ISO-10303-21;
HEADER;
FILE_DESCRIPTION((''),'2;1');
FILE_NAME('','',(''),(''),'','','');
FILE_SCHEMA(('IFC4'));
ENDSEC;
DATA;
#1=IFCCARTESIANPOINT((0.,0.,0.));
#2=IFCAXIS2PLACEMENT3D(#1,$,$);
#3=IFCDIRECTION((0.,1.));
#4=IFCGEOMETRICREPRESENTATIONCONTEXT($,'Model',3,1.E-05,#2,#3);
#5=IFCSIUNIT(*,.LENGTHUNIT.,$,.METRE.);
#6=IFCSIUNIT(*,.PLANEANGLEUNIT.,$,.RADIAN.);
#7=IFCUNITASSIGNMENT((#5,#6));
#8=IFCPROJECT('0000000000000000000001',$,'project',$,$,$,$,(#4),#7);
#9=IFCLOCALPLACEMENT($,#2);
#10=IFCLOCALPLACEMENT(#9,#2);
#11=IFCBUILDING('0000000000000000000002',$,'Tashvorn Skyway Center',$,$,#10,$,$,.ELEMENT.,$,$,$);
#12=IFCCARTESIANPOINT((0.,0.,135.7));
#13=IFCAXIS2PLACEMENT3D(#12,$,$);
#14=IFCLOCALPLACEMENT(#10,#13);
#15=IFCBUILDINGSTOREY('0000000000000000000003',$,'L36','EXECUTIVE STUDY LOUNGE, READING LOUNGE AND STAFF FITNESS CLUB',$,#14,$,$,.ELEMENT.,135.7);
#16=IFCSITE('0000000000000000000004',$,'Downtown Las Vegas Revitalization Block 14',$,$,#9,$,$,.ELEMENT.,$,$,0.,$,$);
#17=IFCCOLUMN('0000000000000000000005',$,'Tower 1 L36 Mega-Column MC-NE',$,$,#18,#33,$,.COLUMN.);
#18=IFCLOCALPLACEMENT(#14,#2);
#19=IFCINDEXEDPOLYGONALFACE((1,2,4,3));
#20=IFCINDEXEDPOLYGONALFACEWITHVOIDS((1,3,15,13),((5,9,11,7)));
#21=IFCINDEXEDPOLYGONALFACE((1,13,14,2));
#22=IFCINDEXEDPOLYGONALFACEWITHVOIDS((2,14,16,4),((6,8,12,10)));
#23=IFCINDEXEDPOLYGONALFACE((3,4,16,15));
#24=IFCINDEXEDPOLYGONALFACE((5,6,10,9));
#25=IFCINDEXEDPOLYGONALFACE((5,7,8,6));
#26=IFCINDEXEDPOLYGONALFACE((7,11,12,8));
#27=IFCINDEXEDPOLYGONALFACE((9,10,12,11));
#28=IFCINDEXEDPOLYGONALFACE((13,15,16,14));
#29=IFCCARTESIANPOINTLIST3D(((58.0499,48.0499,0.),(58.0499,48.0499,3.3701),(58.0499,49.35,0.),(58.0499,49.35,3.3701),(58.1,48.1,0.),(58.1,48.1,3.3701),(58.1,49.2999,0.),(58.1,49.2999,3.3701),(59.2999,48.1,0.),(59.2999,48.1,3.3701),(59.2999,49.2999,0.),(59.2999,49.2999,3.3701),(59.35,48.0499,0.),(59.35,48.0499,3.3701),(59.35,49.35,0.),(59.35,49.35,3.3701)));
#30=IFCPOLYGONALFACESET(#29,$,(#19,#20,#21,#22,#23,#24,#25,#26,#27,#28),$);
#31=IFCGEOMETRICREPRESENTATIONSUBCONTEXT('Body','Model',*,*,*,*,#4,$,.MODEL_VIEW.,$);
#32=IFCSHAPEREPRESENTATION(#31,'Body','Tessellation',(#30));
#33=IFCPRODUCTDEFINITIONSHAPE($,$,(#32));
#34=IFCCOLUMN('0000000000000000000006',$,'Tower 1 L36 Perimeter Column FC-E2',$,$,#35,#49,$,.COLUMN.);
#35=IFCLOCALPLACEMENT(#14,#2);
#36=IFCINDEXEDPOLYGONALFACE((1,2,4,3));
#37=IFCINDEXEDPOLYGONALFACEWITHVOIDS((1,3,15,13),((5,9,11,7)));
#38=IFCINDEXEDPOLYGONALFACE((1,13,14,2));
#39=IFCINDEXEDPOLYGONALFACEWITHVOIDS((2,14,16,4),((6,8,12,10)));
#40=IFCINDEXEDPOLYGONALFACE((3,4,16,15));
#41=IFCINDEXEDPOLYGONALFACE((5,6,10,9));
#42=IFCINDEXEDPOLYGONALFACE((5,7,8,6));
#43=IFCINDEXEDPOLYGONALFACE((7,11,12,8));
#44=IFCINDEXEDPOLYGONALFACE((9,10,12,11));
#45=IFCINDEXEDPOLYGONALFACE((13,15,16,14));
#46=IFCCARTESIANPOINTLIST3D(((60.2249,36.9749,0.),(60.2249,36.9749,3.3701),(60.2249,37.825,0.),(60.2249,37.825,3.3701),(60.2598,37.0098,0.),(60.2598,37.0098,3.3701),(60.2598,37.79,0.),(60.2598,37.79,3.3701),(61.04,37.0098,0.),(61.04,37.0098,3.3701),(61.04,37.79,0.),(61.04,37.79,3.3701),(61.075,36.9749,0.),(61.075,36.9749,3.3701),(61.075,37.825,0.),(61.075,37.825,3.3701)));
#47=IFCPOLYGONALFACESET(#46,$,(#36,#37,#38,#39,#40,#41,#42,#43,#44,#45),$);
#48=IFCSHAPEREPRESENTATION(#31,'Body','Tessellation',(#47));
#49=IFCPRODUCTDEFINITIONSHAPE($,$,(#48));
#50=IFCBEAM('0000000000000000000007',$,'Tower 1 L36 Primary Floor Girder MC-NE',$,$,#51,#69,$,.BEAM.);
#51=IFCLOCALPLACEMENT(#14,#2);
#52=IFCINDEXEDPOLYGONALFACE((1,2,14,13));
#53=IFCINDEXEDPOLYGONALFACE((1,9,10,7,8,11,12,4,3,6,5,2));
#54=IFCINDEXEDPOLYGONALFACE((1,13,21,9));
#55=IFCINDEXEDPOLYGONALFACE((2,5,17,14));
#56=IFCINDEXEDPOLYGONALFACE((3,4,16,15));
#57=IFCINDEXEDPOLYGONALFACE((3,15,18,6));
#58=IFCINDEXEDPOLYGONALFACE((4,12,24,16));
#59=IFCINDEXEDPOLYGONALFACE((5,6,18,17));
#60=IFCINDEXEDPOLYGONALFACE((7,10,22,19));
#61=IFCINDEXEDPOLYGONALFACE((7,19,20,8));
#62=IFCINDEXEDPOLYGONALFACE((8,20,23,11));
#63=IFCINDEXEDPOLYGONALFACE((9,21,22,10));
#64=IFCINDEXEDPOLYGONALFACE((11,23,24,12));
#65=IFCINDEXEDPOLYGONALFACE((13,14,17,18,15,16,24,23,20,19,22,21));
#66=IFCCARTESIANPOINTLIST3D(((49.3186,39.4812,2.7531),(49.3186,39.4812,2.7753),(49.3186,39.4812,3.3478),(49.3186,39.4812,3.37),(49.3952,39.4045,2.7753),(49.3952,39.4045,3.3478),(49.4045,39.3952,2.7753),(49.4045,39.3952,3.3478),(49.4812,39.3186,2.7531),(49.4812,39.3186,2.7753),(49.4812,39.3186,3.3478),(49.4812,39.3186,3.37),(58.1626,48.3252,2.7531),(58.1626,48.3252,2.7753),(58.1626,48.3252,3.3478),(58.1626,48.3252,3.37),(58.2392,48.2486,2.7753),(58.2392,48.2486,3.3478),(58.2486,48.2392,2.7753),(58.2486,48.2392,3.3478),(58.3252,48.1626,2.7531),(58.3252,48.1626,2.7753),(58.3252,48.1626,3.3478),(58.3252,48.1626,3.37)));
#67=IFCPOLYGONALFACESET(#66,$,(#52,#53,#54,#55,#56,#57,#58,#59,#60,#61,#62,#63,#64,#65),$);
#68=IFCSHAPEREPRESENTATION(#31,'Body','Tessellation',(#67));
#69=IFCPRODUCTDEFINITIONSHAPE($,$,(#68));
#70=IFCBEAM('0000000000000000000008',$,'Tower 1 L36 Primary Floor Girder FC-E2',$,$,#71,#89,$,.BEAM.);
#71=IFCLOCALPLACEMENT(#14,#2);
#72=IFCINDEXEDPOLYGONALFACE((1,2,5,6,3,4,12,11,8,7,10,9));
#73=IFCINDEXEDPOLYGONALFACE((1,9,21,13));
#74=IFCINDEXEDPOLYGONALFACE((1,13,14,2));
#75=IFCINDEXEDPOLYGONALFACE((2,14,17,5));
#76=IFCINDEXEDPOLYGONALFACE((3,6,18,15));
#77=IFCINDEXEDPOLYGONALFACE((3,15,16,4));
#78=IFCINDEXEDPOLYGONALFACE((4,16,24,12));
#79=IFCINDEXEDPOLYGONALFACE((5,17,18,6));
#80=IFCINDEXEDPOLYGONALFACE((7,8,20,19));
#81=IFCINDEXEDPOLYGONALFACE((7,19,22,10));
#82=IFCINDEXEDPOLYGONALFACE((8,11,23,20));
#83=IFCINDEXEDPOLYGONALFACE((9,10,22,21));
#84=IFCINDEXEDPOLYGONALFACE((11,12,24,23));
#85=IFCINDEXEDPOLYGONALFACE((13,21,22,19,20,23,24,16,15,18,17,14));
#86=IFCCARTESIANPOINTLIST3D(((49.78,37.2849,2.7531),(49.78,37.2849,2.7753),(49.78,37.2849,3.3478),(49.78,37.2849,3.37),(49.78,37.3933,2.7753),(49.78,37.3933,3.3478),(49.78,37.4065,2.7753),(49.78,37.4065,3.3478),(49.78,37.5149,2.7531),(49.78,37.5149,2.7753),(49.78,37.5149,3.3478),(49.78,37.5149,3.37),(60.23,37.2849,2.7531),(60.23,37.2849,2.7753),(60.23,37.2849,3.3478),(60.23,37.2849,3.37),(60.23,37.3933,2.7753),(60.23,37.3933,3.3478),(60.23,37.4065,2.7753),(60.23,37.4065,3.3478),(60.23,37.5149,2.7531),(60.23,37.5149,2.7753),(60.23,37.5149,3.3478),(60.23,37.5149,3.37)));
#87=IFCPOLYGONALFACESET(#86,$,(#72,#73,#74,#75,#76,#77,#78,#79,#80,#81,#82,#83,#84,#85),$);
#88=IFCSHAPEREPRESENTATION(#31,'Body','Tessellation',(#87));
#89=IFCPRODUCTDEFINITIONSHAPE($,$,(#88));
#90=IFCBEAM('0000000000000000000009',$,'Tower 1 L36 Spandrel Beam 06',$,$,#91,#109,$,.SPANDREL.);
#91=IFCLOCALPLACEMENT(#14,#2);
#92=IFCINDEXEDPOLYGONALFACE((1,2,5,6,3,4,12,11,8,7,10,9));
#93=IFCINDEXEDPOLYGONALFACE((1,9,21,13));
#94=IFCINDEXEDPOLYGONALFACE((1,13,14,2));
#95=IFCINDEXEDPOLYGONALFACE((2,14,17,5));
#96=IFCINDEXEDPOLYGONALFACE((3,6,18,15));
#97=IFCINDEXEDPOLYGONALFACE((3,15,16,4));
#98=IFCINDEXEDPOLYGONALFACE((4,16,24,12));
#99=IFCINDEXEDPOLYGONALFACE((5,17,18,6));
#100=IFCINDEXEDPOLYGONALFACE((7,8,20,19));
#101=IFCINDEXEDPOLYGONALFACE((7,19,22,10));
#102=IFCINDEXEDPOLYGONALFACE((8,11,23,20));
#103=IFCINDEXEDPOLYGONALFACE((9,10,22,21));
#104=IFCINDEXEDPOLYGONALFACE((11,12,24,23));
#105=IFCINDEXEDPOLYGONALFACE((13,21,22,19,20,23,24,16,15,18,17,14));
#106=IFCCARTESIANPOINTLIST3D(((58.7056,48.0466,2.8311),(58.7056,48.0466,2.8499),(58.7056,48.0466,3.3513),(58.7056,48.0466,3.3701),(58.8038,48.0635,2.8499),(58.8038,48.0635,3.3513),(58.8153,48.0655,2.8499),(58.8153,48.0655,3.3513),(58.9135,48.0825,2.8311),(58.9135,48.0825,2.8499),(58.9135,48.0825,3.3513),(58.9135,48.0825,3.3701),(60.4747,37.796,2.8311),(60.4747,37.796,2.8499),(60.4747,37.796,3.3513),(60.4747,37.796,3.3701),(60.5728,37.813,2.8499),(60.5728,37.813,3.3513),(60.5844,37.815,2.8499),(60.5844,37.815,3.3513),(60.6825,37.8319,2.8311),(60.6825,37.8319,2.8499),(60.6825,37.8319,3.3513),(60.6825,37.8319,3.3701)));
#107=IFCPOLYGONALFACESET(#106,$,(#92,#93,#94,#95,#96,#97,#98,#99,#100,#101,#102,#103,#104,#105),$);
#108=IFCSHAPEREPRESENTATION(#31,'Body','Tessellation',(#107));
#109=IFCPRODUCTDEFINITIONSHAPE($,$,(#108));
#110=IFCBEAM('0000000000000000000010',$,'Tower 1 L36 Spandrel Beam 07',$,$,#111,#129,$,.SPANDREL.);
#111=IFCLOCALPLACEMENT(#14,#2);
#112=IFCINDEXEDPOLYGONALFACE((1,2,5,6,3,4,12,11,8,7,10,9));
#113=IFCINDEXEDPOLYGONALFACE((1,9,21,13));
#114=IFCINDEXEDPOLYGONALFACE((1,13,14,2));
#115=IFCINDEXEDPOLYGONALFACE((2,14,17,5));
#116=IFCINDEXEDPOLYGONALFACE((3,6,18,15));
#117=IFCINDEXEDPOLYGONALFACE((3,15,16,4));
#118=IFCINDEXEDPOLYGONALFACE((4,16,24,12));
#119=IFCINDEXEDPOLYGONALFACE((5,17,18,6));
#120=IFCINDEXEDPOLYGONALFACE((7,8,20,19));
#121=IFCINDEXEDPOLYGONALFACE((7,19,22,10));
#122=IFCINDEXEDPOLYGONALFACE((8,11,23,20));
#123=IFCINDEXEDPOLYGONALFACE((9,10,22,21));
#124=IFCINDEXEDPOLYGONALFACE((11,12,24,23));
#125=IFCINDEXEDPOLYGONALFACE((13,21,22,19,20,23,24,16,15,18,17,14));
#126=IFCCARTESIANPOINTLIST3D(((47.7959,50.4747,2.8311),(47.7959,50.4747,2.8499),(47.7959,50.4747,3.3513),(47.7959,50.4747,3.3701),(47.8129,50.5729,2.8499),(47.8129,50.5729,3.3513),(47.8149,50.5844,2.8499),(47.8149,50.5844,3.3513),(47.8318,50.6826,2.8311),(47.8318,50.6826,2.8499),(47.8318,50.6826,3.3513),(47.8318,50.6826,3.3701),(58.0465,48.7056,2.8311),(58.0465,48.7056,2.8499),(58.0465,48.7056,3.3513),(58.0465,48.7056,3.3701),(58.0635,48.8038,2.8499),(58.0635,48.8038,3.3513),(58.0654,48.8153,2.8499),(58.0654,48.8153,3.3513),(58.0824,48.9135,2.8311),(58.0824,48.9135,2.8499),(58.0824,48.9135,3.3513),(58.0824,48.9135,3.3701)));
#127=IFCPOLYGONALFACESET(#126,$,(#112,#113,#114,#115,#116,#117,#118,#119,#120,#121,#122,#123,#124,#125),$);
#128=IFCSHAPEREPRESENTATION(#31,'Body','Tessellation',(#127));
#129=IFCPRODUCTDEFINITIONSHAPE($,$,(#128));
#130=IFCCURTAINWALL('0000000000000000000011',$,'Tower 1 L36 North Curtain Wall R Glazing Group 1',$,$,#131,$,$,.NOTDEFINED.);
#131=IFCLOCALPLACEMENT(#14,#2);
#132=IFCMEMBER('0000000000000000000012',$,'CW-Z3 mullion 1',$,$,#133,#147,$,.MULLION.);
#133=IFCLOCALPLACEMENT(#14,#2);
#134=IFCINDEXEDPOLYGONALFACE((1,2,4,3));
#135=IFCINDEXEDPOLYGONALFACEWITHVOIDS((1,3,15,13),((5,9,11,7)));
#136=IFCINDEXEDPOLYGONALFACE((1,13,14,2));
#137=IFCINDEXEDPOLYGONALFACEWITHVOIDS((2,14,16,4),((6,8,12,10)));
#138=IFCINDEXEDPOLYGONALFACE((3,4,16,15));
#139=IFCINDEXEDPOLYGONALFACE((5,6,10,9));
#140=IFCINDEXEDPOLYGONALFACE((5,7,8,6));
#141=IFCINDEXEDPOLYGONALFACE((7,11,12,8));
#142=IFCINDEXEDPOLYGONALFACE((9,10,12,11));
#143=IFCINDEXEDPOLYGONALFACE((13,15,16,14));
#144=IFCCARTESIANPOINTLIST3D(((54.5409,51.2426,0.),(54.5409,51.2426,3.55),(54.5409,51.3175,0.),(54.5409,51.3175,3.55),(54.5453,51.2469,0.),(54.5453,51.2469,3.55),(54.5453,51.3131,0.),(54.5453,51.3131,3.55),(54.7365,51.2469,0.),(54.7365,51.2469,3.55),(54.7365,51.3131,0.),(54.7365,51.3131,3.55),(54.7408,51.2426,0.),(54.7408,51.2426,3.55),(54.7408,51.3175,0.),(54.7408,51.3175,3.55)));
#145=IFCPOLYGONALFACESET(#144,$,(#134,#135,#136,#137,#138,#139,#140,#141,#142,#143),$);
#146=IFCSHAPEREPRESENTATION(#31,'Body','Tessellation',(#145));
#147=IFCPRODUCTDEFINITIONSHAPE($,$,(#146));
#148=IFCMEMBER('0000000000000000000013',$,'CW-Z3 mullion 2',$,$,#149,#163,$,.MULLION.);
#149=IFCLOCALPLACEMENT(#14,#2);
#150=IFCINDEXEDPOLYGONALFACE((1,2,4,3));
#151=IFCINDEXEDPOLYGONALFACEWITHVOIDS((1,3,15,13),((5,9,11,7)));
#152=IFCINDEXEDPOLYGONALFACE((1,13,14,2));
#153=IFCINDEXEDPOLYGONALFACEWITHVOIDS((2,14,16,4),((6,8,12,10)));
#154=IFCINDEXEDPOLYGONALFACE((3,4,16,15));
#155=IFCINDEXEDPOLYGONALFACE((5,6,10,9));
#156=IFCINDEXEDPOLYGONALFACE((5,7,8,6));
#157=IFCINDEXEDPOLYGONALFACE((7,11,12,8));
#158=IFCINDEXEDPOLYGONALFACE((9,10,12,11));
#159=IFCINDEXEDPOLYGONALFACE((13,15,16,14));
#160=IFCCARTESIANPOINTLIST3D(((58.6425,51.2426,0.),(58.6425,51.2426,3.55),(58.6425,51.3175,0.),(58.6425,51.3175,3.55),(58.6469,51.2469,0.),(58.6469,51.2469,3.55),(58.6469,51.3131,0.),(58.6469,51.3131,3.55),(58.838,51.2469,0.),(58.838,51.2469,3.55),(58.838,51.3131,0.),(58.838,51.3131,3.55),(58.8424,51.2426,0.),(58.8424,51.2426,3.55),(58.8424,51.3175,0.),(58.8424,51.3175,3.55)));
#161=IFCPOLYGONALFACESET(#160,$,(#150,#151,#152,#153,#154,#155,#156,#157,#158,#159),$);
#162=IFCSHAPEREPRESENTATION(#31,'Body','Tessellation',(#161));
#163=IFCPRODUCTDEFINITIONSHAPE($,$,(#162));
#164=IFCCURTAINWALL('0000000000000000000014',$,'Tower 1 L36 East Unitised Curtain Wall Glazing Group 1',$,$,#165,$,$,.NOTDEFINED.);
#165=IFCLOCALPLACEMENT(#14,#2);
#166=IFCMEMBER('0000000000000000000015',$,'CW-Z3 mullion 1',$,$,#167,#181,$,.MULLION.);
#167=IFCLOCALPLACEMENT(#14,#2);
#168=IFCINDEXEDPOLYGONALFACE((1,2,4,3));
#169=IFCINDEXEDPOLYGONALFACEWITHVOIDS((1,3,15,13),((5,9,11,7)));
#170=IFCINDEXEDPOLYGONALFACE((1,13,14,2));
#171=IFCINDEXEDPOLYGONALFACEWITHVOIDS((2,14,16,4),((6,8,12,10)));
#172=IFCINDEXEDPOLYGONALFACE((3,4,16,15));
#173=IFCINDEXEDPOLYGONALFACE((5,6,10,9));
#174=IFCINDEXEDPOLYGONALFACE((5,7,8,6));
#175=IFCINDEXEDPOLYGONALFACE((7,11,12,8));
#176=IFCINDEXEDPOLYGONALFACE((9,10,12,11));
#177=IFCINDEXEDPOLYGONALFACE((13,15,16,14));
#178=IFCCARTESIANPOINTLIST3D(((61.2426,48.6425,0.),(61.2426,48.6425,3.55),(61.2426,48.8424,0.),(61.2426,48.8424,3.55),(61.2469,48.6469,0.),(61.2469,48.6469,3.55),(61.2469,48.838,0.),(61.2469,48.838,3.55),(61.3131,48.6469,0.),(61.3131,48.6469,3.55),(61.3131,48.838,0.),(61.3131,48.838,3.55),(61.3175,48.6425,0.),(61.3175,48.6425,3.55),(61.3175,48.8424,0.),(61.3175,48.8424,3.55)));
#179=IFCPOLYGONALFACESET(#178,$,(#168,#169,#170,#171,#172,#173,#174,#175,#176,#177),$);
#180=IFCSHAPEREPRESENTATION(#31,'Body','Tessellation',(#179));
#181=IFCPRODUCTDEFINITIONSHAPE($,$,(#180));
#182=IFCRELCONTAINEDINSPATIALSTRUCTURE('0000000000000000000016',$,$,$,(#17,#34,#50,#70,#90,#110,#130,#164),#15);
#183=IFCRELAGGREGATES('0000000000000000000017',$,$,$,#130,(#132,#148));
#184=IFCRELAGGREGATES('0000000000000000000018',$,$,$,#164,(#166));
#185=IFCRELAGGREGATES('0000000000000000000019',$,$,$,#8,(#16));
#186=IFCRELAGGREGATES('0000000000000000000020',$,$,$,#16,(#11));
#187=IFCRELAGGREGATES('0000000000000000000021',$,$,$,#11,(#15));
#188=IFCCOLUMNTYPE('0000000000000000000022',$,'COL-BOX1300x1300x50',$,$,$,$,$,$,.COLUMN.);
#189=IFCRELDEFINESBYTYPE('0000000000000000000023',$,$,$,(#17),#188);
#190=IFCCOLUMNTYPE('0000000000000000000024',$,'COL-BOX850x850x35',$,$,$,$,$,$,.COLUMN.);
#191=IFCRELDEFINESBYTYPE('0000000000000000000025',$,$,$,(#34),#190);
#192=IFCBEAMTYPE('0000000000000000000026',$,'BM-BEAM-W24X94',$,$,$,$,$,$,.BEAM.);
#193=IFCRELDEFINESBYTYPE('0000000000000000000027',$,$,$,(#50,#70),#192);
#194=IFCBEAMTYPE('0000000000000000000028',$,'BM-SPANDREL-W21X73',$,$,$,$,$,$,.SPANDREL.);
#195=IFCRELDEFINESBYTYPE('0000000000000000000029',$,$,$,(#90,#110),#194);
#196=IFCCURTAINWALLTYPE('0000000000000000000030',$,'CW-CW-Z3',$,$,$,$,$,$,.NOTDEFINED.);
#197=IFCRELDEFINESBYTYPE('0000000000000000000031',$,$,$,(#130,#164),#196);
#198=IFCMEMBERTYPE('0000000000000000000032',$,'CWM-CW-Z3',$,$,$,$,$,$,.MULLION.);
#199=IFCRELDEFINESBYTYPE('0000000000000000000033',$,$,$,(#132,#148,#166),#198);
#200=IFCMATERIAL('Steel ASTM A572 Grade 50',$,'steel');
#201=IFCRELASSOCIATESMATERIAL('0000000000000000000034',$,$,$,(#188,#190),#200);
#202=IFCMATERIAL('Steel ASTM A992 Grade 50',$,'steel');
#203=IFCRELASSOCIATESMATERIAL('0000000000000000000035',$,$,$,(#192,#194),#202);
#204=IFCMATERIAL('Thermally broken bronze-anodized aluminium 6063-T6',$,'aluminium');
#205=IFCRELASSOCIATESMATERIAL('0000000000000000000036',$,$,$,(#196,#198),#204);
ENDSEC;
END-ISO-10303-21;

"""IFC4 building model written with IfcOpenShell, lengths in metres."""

from ifc_helpers import new_model, si_unit, direction, frame, origin, origin_2d, place, context, subcontext, project, spatial, hollow_rectangle, i_section, extrude, material, material_profile, profile_set, type_object, element, aggregate, save


model = new_model("IFC4")

# Units and contexts
model_context = context("Model", 3, precision=1e-05, world=origin(), true_north=direction((0.0, 1.0)))
body_context = subcontext(model_context, "Body", "Model", "MODEL_VIEW")
ifc_project = project(units=[si_unit("LENGTHUNIT", "METRE"), si_unit("PLANEANGLEUNIT", "RADIAN")], contexts=[model_context])

# Site, building, storey
site_placement = place(None, origin())
site = spatial("IfcSite", under=ifc_project, at=site_placement, Name="Downtown Las Vegas Revitalization Block 14", CompositionType="ELEMENT", RefElevation=0.0)
building_placement = place(site_placement, origin())
building = spatial("IfcBuilding", under=site, at=building_placement, Name="Tashvorn Skyway Center", CompositionType="ELEMENT")
storey_placement = place(building_placement, frame((0.0, 0.0, 135.7)))
storey = spatial("IfcBuildingStorey", under=building, at=storey_placement, Name="L36", Description="EXECUTIVE STUDY LOUNGE, READING LOUNGE AND STAFF FITNESS CLUB", CompositionType="ELEMENT", Elevation=135.7)

# Columns
ifc_material_1 = material(Name="Steel ASTM A572 Grade 50", Category="steel")
ifc_material_profile_1 = material_profile(ifc_material_1, hollow_rectangle(XDim=1.3, YDim=1.3, WallThickness=0.05, at=origin_2d()), Name="BOX1300x1300x50")
ifc_profile_set_1 = profile_set([ifc_material_profile_1], Name="Steel ASTM A572 Grade 50")
column_type_1 = type_object("IfcColumnType", Name="COL-BOX1300x1300x50", PredefinedType="COLUMN", material=ifc_profile_set_1)
column_1_placement = place(storey_placement, frame((58.7, 48.7, 0.0), z_axis=(0.0, 0.0, 1.0), x_axis=(1.0, 0.0, 0.0)))
element("IfcColumn", 1, at=column_1_placement, inside=storey, type_object=column_type_1, Name="Tower 1 L36 Mega-Column MC-NE", PredefinedType="COLUMN", context=body_context, shape_type="SweptSolid", body=[
    extrude(hollow_rectangle(XDim=1.3, YDim=1.3, WallThickness=0.05, at=origin_2d()), origin(), (0.0, 0.0, 1.0), 3.3701),
])
ifc_material_profile_2 = material_profile(ifc_material_1, hollow_rectangle(XDim=0.8501, YDim=0.8501, WallThickness=0.0349, at=origin_2d()), Name="BOX850x850x35")
ifc_profile_set_2 = profile_set([ifc_material_profile_2], Name="Steel ASTM A572 Grade 50")
column_type_2 = type_object("IfcColumnType", Name="COL-BOX850x850x35", PredefinedType="COLUMN", material=ifc_profile_set_2)
column_2_placement = place(storey_placement, frame((60.6499, 37.3999, 0.0), z_axis=(0.0, 0.0, 1.0), x_axis=(1.0, 0.0, 0.0)))
element("IfcColumn", 2, at=column_2_placement, inside=storey, type_object=column_type_2, Name="Tower 1 L36 Perimeter Column FC-E2", PredefinedType="COLUMN", context=body_context, shape_type="SweptSolid", body=[
    extrude(hollow_rectangle(XDim=0.8501, YDim=0.8501, WallThickness=0.0349, at=origin_2d()), origin(), (0.0, 0.0, 1.0), 3.3701),
])

# Beams
ifc_material_2 = material(Name="Steel ASTM A992 Grade 50", Category="steel")
ifc_material_profile_3 = material_profile(ifc_material_2, i_section(OverallWidth=0.23, OverallDepth=0.6169, WebThickness=0.0132, FlangeThickness=0.0222, at=origin_2d()), Name="W24X94")
ifc_profile_set_3 = profile_set([ifc_material_profile_3], Name="Steel ASTM A992 Grade 50")
beam_type_1 = type_object("IfcBeamType", Name="BM-BEAM-W24X94", PredefinedType="BEAM", material=ifc_profile_set_3)
beam_1_placement = place(storey_placement, frame((58.2439, 48.2439, 3.0615), z_axis=(-0.707107, -0.707107, 0.0), x_axis=(0.707107, -0.707107, 0.0)))
element("IfcBeam", 3, at=beam_1_placement, inside=storey, type_object=beam_type_1, Name="Tower 1 L36 Primary Floor Girder MC-NE", PredefinedType="BEAM", context=body_context, shape_type="SweptSolid", body=[
    extrude(i_section(OverallWidth=0.23, OverallDepth=0.6169, WebThickness=0.0132, FlangeThickness=0.0222, at=origin_2d()), origin(), (0.0, 0.0, 1.0), 12.5073),
])
beam_2_placement = place(storey_placement, frame((60.23, 37.3999, 3.0615), z_axis=(-1.0, 0.0, 0.0), x_axis=(0.0, -1.0, 0.0)))
element("IfcBeam", 4, at=beam_2_placement, inside=storey, type_object=beam_type_1, Name="Tower 1 L36 Primary Floor Girder FC-E2", PredefinedType="BEAM", context=body_context, shape_type="SweptSolid", body=[
    extrude(i_section(OverallWidth=0.23, OverallDepth=0.6169, WebThickness=0.0132, FlangeThickness=0.0222, at=origin_2d()), origin(), (0.0, 0.0, 1.0), 10.45),
])
ifc_material_profile_4 = material_profile(ifc_material_2, i_section(OverallWidth=0.2109, OverallDepth=0.5391, WebThickness=0.0117, FlangeThickness=0.0188, at=origin_2d()), Name="W21X73")
ifc_profile_set_4 = profile_set([ifc_material_profile_4], Name="Steel ASTM A992 Grade 50")
beam_type_2 = type_object("IfcBeamType", Name="BM-SPANDREL-W21X73", PredefinedType="SPANDREL", material=ifc_profile_set_4)
for number, where, z_axis, x_axis, name in (
    (5, (60.5786, 37.814, 3.1006), (-0.170067, 0.985432, 0.0), (-0.985432, -0.170067, 0.0), "Tower 1 L36 Spandrel Beam 06"),
    (6, (58.0645, 48.8096, 3.1006), (-0.985432, 0.170067, 0.0), (-0.170067, -0.985432, 0.0), "Tower 1 L36 Spandrel Beam 07"),
):
    element("IfcBeam", number, at=place(storey_placement, frame(where, z_axis=z_axis, x_axis=x_axis)), inside=storey, type_object=beam_type_2, Name=name, PredefinedType="SPANDREL", context=body_context, shape_type="SweptSolid", body=[
        extrude(i_section(OverallWidth=0.2109, OverallDepth=0.5391, WebThickness=0.0117, FlangeThickness=0.0188, at=origin_2d()), origin(), (0.0, 0.0, 1.0), 10.4021),
    ])

# Curtain walls, members
ifc_material_3 = material(Name="Thermally broken bronze-anodized aluminium 6063-T6", Category="aluminium")
curtain_wall_type = type_object("IfcCurtainWallType", Name="CW-CW-Z3", PredefinedType="NOTDEFINED", material=ifc_material_3)
curtain_wall_1_placement = place(storey_placement, origin())
curtain_wall_1 = element("IfcCurtainWall", 7, at=curtain_wall_1_placement, inside=storey, type_object=curtain_wall_type, Name="Tower 1 L36 North Curtain Wall R Glazing Group 1", PredefinedType="NOTDEFINED")
ifc_material_profile_5 = material_profile(ifc_material_3, hollow_rectangle(XDim=0.075, YDim=0.2, WallThickness=0.0044, at=origin_2d()), Name="ALU-MULL-75x200")
ifc_profile_set_5 = profile_set([ifc_material_profile_5], Name="Thermally broken bronze-anodized aluminium 6063-T6")
member_type_1 = type_object("IfcMemberType", Name="CWM-CW-Z3", PredefinedType="MULLION", material=ifc_profile_set_5)
member_1_placement = place(storey_placement, frame((54.6409, 51.28, 0.0), z_axis=(0.0, 0.0, 1.0), x_axis=(0.0, 1.0, 0.0)))
member_1 = element("IfcMember", 8, at=member_1_placement, type_object=member_type_1, Name="CW-Z3 mullion 1", PredefinedType="MULLION", context=body_context, shape_type="SweptSolid", body=[
    extrude(hollow_rectangle(XDim=0.075, YDim=0.2, WallThickness=0.0044, at=origin_2d()), origin(), (0.0, 0.0, 1.0), 3.55),
])
member_2_placement = place(storey_placement, frame((58.7424, 51.28, 0.0), z_axis=(0.0, 0.0, 1.0), x_axis=(0.0, 1.0, 0.0)))
member_2 = element("IfcMember", 9, at=member_2_placement, type_object=member_type_1, Name="CW-Z3 mullion 2", PredefinedType="MULLION", context=body_context, shape_type="SweptSolid", body=[
    extrude(hollow_rectangle(XDim=0.075, YDim=0.2, WallThickness=0.0044, at=origin_2d()), origin(), (0.0, 0.0, 1.0), 3.55),
])
curtain_wall_2_placement = place(storey_placement, origin())
curtain_wall_2 = element("IfcCurtainWall", 10, at=curtain_wall_2_placement, inside=storey, type_object=curtain_wall_type, Name="Tower 1 L36 East Unitised Curtain Wall Glazing Group 1", PredefinedType="NOTDEFINED")
member_3_placement = place(storey_placement, frame((61.28, 48.7424, 0.0), z_axis=(0.0, 0.0, 1.0), x_axis=(1.0, 0.0, 0.0)))
member_3 = element("IfcMember", 11, at=member_3_placement, type_object=member_type_1, Name="CW-Z3 mullion 1", PredefinedType="MULLION", context=body_context, shape_type="SweptSolid", body=[
    extrude(hollow_rectangle(XDim=0.075, YDim=0.2, WallThickness=0.0044, at=origin_2d()), origin(), (0.0, 0.0, 1.0), 3.55),
])

aggregate(curtain_wall_1, [member_1, member_2])
aggregate(curtain_wall_2, [member_3])

save(model, "model.ifc")
